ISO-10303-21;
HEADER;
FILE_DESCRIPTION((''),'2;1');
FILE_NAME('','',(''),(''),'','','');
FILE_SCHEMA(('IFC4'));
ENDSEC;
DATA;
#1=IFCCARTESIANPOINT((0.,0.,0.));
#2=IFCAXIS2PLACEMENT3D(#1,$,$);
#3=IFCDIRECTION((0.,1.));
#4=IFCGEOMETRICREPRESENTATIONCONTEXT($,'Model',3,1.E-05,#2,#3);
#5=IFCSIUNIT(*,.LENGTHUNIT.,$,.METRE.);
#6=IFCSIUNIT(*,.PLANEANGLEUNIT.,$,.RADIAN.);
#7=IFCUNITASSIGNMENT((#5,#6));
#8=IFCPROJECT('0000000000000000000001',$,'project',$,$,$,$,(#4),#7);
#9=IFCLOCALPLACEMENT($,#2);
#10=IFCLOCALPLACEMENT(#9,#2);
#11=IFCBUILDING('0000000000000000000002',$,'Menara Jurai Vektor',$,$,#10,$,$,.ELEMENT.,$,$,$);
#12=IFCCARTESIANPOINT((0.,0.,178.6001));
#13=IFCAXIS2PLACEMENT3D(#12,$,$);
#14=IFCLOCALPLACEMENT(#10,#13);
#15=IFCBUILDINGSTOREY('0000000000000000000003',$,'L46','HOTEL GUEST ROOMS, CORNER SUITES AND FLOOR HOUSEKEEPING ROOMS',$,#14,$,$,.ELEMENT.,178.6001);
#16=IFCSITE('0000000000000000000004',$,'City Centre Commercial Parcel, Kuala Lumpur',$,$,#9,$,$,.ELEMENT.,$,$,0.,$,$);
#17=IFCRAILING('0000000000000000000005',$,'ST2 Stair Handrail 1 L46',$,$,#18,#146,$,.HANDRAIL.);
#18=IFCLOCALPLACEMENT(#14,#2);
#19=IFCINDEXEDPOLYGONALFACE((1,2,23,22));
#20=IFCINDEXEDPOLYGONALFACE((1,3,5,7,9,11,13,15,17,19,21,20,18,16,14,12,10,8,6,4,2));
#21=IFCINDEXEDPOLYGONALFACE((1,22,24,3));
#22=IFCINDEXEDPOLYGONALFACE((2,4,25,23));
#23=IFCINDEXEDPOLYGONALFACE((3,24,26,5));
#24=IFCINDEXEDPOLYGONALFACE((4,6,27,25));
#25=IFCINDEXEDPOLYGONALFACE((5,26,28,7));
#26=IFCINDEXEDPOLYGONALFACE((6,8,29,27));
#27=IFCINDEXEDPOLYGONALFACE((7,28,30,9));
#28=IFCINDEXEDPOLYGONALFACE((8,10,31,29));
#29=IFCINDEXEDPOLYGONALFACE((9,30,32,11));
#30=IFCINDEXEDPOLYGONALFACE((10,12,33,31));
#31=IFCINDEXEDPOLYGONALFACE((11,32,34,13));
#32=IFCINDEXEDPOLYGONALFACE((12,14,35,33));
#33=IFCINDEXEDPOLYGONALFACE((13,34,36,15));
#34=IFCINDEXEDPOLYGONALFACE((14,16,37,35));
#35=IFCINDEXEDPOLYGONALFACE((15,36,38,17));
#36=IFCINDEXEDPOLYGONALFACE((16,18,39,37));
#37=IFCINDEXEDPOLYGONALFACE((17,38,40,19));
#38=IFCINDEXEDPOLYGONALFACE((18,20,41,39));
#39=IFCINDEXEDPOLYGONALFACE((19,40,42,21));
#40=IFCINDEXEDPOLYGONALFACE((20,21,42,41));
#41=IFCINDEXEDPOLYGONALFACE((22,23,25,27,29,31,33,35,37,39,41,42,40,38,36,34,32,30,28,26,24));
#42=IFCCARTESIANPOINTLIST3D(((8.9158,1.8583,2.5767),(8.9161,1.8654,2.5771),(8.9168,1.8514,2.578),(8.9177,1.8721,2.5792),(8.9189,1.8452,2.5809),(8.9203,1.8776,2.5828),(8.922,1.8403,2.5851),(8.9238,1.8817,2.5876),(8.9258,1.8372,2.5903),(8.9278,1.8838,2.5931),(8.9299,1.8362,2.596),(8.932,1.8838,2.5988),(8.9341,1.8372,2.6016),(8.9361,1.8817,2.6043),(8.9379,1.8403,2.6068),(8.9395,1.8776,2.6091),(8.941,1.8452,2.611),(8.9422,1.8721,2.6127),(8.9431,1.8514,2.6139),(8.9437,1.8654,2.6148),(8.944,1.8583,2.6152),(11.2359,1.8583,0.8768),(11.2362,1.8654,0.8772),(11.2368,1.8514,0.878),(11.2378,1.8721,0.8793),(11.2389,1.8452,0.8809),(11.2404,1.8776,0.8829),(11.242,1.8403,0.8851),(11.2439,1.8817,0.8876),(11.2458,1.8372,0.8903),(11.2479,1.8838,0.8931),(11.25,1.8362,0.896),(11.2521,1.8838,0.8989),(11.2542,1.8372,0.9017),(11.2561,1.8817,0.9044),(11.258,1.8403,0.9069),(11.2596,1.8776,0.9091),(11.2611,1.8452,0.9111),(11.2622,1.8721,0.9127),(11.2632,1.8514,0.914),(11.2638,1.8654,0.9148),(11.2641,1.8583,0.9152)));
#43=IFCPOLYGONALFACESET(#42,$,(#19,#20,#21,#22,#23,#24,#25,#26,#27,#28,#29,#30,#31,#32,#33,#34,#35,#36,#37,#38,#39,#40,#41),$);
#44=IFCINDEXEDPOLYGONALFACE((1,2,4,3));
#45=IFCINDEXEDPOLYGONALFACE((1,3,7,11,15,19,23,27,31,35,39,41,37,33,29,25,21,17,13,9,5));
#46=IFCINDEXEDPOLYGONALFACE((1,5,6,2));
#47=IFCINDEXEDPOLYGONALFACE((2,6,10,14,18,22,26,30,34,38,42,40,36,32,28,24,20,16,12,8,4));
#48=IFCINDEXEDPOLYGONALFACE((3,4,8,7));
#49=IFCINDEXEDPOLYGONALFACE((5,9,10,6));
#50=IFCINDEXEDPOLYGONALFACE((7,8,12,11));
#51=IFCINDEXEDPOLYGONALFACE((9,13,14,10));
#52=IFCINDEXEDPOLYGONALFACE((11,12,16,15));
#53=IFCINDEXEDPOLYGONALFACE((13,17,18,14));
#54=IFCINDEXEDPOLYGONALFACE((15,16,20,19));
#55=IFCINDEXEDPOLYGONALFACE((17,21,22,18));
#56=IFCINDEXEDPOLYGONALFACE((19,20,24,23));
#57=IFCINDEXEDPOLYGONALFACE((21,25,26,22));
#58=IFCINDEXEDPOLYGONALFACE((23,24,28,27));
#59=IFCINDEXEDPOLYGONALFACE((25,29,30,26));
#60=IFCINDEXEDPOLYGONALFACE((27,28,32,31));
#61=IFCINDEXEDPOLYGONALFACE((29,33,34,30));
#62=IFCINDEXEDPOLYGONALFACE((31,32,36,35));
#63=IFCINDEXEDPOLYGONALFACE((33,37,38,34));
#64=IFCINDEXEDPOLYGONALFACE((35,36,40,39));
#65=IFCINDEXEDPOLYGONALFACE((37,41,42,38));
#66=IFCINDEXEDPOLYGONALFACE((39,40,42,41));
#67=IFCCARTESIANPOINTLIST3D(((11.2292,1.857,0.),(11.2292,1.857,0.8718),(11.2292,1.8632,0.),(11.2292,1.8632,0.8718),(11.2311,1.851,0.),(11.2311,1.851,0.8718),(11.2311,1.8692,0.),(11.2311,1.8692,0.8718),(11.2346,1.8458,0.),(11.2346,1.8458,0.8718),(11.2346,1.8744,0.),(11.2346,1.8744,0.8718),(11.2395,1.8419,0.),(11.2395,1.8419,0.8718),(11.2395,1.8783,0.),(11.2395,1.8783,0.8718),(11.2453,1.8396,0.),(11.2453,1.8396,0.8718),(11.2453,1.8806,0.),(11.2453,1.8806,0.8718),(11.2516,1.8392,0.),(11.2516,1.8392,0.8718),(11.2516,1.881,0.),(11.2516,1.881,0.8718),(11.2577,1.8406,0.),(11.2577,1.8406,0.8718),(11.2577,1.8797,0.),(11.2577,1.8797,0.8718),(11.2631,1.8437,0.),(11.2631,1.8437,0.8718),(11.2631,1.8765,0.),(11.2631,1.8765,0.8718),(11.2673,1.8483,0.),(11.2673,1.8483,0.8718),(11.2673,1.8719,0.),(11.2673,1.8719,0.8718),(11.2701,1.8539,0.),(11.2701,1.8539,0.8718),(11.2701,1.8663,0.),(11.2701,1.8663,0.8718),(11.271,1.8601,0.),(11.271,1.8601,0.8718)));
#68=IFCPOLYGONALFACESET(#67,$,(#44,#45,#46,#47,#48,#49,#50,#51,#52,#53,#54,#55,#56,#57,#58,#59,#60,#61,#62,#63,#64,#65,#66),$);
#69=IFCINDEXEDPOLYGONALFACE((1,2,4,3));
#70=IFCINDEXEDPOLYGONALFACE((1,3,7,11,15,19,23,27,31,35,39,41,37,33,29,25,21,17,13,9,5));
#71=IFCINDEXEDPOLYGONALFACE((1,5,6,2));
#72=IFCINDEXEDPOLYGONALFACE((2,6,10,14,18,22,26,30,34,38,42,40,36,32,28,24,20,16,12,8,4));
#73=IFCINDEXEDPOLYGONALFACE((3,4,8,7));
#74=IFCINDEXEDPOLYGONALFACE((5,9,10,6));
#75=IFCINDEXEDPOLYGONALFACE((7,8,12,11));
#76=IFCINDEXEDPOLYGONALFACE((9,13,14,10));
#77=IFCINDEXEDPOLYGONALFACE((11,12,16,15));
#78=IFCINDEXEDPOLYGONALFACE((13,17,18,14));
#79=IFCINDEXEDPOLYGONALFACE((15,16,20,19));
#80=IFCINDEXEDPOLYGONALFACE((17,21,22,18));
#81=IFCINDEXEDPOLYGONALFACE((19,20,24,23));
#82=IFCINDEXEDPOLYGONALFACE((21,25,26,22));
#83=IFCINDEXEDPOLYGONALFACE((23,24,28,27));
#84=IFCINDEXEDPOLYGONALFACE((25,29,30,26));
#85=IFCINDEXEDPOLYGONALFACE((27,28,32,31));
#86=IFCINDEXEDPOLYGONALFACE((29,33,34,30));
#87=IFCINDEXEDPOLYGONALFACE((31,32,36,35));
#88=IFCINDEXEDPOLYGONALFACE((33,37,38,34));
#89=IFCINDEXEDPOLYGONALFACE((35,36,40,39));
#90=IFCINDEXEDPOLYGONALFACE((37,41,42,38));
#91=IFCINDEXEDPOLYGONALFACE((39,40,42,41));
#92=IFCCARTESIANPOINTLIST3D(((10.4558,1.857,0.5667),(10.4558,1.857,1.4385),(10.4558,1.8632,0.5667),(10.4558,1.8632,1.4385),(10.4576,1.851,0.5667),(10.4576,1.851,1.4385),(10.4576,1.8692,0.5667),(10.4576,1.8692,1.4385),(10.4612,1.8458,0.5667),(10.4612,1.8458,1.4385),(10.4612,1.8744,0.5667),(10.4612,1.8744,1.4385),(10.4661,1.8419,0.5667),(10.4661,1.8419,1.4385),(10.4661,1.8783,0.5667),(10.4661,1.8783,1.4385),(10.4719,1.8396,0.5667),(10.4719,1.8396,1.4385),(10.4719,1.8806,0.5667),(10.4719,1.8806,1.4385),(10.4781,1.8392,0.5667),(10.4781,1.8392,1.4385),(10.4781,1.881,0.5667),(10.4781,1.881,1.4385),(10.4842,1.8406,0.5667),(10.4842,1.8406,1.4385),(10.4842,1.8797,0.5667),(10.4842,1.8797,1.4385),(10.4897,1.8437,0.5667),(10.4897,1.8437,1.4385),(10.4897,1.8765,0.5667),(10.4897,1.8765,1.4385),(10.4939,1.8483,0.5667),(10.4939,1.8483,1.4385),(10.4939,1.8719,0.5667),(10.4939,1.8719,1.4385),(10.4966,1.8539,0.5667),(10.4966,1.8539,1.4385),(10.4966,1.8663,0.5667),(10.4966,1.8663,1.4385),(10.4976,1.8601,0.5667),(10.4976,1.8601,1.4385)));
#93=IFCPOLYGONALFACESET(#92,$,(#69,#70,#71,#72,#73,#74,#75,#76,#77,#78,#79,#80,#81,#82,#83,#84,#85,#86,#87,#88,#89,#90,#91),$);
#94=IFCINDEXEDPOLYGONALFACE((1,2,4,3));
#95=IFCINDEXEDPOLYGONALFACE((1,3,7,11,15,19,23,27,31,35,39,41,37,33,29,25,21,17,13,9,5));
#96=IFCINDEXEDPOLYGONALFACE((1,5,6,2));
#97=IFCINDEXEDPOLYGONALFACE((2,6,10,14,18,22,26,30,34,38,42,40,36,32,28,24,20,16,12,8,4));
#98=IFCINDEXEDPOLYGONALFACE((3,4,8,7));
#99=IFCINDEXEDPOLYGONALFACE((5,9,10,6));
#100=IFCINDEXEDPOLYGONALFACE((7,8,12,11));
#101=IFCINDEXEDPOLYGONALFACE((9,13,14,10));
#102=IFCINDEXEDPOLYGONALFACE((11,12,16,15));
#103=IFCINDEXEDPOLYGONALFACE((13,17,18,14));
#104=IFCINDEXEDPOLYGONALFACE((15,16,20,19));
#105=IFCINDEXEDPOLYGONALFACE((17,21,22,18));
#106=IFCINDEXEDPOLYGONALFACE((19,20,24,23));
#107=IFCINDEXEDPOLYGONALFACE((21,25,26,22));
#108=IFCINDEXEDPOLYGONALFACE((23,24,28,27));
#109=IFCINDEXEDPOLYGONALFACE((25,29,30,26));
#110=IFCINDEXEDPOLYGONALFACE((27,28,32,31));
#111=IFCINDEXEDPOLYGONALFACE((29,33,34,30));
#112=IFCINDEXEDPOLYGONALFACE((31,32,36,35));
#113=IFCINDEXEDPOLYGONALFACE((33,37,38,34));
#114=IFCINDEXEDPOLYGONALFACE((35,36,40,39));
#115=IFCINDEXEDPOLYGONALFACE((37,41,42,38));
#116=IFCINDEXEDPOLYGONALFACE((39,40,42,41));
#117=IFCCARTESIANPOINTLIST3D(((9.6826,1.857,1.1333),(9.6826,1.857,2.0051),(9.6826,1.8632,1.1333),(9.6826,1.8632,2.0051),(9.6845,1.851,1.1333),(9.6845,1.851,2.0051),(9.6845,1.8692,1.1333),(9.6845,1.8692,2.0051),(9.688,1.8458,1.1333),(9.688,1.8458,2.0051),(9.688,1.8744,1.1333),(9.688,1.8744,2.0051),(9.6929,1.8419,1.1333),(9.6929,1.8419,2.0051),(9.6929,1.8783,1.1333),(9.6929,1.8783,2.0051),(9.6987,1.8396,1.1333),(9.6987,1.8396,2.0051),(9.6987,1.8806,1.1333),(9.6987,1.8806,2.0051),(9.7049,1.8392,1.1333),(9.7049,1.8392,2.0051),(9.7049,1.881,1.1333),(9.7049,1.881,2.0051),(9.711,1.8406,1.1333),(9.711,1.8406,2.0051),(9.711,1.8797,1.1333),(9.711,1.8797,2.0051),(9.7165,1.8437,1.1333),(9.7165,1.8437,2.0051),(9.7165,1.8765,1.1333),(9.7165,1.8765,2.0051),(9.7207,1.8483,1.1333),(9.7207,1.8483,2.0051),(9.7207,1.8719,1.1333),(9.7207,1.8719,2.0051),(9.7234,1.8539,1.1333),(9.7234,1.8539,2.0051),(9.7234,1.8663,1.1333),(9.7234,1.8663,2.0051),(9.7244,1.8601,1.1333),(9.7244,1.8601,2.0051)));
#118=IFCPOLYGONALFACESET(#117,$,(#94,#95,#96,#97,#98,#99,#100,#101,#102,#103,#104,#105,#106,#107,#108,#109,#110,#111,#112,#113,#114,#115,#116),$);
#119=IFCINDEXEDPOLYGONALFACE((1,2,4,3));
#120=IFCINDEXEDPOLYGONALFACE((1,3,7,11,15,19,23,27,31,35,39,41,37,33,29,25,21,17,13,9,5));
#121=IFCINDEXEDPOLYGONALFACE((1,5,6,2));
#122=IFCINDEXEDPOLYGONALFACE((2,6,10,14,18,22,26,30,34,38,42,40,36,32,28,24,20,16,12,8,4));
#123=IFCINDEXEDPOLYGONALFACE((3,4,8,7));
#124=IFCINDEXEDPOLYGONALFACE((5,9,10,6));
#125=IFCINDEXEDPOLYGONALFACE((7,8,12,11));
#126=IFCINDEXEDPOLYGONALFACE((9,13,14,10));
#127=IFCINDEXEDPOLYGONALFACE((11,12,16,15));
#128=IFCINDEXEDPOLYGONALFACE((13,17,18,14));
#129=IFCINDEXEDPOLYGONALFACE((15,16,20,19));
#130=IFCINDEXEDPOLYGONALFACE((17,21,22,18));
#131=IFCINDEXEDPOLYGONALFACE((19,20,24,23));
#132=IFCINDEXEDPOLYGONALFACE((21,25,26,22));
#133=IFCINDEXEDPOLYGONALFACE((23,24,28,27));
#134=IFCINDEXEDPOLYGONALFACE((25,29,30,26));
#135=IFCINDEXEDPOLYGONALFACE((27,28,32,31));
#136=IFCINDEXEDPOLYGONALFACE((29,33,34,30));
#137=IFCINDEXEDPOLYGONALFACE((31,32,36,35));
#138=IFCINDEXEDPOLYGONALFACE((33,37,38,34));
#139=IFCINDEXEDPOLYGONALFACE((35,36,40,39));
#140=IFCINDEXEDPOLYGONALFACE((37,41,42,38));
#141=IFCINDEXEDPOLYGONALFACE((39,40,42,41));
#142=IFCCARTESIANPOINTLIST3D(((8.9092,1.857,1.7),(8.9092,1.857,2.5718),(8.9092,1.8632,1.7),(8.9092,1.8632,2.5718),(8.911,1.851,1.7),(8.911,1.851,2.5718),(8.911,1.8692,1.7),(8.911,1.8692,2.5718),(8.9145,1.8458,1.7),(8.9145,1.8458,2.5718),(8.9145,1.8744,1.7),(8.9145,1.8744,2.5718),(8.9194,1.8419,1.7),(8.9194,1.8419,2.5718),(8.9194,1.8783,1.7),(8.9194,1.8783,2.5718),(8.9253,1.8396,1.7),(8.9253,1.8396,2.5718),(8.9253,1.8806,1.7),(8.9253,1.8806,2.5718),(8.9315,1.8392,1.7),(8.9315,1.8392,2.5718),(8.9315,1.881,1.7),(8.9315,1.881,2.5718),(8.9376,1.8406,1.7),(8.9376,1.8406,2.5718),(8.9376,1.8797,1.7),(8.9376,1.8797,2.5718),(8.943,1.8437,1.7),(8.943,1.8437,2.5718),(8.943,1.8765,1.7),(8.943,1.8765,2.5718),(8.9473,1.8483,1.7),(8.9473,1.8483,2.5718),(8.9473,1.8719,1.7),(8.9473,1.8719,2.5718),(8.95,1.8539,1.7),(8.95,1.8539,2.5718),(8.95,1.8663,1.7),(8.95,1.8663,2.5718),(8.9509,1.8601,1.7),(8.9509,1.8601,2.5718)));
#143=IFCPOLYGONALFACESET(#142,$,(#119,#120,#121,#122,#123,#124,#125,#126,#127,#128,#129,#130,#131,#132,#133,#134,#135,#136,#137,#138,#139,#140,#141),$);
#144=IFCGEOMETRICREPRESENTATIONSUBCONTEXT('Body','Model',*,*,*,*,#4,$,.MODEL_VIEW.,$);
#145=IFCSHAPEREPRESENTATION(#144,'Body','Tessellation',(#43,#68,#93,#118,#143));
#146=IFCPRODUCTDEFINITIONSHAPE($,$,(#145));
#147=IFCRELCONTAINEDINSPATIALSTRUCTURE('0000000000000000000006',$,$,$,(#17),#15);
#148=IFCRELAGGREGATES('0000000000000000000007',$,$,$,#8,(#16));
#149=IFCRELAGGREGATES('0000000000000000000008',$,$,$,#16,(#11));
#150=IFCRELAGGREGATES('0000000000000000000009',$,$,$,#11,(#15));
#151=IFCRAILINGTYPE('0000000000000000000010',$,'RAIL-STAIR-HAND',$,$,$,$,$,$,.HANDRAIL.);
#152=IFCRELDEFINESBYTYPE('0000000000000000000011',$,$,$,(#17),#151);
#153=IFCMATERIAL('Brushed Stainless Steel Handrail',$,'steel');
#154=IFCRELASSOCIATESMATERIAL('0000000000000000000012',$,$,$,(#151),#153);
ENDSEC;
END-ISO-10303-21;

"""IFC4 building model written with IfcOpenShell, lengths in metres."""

from ifc_helpers import new_model, si_unit, direction, frame, origin, origin_2d, place, context, subcontext, project, spatial, circle, extrude, material, type_object, element, save


model = new_model("IFC4")

# Units and contexts
model_context = context("Model", 3, precision=1e-05, world=origin(), true_north=direction((0.0, 1.0)))
body_context = subcontext(model_context, "Body", "Model", "MODEL_VIEW")
ifc_project = project(units=[si_unit("LENGTHUNIT", "METRE"), si_unit("PLANEANGLEUNIT", "RADIAN")], contexts=[model_context])

# Site, building, storey
site_placement = place(None, origin())
site = spatial("IfcSite", under=ifc_project, at=site_placement, Name="City Centre Commercial Parcel, Kuala Lumpur", CompositionType="ELEMENT", RefElevation=0.0)
building_placement = place(site_placement, origin())
building = spatial("IfcBuilding", under=site, at=building_placement, Name="Menara Jurai Vektor", CompositionType="ELEMENT")
storey_placement = place(building_placement, frame((0.0, 0.0, 178.6001)))
storey = spatial("IfcBuildingStorey", under=building, at=storey_placement, Name="L46", Description="HOTEL GUEST ROOMS, CORNER SUITES AND FLOOR HOUSEKEEPING ROOMS", CompositionType="ELEMENT", Elevation=178.6001)

# Railing
ifc_material_1 = material(Name="Brushed Stainless Steel Handrail", Category="steel")
railing_type_1 = type_object("IfcRailingType", Name="RAIL-STAIR-HAND", PredefinedType="HANDRAIL", material=ifc_material_1)
railing_1_placement = place(storey_placement, frame((11.25, 1.8601, 0.0)))
element("IfcRailing", 1, at=railing_1_placement, inside=storey, type_object=railing_type_1, Name="ST2 Stair Handrail 1 L46", PredefinedType="HANDRAIL", context=body_context, shape_type="SweptSolid", body=[
    extrude(circle(Radius=0.0239, at=origin_2d()), frame((0.0, 0.0, 0.896), z_axis=(-0.806642, 0.0, 0.59104), x_axis=(0.0, -1.0, 0.0)), (0.0, 0.0, 1.0), 2.8762),
    extrude(circle(Radius=0.021, at=origin_2d()), origin(), (0.0, 0.0, 1.0), 0.8718),
    extrude(circle(Radius=0.021, at=origin_2d()), frame((-0.7734, 0.0, 0.5667)), (0.0, 0.0, 1.0), 0.8718),
    extrude(circle(Radius=0.021, at=origin_2d()), frame((-1.5466, 0.0, 1.1333)), (0.0, 0.0, 1.0), 0.8718),
    extrude(circle(Radius=0.021, at=origin_2d()), frame((-2.3201, 0.0, 1.7)), (0.0, 0.0, 1.0), 0.8718),
])

save(model, "model.ifc")
